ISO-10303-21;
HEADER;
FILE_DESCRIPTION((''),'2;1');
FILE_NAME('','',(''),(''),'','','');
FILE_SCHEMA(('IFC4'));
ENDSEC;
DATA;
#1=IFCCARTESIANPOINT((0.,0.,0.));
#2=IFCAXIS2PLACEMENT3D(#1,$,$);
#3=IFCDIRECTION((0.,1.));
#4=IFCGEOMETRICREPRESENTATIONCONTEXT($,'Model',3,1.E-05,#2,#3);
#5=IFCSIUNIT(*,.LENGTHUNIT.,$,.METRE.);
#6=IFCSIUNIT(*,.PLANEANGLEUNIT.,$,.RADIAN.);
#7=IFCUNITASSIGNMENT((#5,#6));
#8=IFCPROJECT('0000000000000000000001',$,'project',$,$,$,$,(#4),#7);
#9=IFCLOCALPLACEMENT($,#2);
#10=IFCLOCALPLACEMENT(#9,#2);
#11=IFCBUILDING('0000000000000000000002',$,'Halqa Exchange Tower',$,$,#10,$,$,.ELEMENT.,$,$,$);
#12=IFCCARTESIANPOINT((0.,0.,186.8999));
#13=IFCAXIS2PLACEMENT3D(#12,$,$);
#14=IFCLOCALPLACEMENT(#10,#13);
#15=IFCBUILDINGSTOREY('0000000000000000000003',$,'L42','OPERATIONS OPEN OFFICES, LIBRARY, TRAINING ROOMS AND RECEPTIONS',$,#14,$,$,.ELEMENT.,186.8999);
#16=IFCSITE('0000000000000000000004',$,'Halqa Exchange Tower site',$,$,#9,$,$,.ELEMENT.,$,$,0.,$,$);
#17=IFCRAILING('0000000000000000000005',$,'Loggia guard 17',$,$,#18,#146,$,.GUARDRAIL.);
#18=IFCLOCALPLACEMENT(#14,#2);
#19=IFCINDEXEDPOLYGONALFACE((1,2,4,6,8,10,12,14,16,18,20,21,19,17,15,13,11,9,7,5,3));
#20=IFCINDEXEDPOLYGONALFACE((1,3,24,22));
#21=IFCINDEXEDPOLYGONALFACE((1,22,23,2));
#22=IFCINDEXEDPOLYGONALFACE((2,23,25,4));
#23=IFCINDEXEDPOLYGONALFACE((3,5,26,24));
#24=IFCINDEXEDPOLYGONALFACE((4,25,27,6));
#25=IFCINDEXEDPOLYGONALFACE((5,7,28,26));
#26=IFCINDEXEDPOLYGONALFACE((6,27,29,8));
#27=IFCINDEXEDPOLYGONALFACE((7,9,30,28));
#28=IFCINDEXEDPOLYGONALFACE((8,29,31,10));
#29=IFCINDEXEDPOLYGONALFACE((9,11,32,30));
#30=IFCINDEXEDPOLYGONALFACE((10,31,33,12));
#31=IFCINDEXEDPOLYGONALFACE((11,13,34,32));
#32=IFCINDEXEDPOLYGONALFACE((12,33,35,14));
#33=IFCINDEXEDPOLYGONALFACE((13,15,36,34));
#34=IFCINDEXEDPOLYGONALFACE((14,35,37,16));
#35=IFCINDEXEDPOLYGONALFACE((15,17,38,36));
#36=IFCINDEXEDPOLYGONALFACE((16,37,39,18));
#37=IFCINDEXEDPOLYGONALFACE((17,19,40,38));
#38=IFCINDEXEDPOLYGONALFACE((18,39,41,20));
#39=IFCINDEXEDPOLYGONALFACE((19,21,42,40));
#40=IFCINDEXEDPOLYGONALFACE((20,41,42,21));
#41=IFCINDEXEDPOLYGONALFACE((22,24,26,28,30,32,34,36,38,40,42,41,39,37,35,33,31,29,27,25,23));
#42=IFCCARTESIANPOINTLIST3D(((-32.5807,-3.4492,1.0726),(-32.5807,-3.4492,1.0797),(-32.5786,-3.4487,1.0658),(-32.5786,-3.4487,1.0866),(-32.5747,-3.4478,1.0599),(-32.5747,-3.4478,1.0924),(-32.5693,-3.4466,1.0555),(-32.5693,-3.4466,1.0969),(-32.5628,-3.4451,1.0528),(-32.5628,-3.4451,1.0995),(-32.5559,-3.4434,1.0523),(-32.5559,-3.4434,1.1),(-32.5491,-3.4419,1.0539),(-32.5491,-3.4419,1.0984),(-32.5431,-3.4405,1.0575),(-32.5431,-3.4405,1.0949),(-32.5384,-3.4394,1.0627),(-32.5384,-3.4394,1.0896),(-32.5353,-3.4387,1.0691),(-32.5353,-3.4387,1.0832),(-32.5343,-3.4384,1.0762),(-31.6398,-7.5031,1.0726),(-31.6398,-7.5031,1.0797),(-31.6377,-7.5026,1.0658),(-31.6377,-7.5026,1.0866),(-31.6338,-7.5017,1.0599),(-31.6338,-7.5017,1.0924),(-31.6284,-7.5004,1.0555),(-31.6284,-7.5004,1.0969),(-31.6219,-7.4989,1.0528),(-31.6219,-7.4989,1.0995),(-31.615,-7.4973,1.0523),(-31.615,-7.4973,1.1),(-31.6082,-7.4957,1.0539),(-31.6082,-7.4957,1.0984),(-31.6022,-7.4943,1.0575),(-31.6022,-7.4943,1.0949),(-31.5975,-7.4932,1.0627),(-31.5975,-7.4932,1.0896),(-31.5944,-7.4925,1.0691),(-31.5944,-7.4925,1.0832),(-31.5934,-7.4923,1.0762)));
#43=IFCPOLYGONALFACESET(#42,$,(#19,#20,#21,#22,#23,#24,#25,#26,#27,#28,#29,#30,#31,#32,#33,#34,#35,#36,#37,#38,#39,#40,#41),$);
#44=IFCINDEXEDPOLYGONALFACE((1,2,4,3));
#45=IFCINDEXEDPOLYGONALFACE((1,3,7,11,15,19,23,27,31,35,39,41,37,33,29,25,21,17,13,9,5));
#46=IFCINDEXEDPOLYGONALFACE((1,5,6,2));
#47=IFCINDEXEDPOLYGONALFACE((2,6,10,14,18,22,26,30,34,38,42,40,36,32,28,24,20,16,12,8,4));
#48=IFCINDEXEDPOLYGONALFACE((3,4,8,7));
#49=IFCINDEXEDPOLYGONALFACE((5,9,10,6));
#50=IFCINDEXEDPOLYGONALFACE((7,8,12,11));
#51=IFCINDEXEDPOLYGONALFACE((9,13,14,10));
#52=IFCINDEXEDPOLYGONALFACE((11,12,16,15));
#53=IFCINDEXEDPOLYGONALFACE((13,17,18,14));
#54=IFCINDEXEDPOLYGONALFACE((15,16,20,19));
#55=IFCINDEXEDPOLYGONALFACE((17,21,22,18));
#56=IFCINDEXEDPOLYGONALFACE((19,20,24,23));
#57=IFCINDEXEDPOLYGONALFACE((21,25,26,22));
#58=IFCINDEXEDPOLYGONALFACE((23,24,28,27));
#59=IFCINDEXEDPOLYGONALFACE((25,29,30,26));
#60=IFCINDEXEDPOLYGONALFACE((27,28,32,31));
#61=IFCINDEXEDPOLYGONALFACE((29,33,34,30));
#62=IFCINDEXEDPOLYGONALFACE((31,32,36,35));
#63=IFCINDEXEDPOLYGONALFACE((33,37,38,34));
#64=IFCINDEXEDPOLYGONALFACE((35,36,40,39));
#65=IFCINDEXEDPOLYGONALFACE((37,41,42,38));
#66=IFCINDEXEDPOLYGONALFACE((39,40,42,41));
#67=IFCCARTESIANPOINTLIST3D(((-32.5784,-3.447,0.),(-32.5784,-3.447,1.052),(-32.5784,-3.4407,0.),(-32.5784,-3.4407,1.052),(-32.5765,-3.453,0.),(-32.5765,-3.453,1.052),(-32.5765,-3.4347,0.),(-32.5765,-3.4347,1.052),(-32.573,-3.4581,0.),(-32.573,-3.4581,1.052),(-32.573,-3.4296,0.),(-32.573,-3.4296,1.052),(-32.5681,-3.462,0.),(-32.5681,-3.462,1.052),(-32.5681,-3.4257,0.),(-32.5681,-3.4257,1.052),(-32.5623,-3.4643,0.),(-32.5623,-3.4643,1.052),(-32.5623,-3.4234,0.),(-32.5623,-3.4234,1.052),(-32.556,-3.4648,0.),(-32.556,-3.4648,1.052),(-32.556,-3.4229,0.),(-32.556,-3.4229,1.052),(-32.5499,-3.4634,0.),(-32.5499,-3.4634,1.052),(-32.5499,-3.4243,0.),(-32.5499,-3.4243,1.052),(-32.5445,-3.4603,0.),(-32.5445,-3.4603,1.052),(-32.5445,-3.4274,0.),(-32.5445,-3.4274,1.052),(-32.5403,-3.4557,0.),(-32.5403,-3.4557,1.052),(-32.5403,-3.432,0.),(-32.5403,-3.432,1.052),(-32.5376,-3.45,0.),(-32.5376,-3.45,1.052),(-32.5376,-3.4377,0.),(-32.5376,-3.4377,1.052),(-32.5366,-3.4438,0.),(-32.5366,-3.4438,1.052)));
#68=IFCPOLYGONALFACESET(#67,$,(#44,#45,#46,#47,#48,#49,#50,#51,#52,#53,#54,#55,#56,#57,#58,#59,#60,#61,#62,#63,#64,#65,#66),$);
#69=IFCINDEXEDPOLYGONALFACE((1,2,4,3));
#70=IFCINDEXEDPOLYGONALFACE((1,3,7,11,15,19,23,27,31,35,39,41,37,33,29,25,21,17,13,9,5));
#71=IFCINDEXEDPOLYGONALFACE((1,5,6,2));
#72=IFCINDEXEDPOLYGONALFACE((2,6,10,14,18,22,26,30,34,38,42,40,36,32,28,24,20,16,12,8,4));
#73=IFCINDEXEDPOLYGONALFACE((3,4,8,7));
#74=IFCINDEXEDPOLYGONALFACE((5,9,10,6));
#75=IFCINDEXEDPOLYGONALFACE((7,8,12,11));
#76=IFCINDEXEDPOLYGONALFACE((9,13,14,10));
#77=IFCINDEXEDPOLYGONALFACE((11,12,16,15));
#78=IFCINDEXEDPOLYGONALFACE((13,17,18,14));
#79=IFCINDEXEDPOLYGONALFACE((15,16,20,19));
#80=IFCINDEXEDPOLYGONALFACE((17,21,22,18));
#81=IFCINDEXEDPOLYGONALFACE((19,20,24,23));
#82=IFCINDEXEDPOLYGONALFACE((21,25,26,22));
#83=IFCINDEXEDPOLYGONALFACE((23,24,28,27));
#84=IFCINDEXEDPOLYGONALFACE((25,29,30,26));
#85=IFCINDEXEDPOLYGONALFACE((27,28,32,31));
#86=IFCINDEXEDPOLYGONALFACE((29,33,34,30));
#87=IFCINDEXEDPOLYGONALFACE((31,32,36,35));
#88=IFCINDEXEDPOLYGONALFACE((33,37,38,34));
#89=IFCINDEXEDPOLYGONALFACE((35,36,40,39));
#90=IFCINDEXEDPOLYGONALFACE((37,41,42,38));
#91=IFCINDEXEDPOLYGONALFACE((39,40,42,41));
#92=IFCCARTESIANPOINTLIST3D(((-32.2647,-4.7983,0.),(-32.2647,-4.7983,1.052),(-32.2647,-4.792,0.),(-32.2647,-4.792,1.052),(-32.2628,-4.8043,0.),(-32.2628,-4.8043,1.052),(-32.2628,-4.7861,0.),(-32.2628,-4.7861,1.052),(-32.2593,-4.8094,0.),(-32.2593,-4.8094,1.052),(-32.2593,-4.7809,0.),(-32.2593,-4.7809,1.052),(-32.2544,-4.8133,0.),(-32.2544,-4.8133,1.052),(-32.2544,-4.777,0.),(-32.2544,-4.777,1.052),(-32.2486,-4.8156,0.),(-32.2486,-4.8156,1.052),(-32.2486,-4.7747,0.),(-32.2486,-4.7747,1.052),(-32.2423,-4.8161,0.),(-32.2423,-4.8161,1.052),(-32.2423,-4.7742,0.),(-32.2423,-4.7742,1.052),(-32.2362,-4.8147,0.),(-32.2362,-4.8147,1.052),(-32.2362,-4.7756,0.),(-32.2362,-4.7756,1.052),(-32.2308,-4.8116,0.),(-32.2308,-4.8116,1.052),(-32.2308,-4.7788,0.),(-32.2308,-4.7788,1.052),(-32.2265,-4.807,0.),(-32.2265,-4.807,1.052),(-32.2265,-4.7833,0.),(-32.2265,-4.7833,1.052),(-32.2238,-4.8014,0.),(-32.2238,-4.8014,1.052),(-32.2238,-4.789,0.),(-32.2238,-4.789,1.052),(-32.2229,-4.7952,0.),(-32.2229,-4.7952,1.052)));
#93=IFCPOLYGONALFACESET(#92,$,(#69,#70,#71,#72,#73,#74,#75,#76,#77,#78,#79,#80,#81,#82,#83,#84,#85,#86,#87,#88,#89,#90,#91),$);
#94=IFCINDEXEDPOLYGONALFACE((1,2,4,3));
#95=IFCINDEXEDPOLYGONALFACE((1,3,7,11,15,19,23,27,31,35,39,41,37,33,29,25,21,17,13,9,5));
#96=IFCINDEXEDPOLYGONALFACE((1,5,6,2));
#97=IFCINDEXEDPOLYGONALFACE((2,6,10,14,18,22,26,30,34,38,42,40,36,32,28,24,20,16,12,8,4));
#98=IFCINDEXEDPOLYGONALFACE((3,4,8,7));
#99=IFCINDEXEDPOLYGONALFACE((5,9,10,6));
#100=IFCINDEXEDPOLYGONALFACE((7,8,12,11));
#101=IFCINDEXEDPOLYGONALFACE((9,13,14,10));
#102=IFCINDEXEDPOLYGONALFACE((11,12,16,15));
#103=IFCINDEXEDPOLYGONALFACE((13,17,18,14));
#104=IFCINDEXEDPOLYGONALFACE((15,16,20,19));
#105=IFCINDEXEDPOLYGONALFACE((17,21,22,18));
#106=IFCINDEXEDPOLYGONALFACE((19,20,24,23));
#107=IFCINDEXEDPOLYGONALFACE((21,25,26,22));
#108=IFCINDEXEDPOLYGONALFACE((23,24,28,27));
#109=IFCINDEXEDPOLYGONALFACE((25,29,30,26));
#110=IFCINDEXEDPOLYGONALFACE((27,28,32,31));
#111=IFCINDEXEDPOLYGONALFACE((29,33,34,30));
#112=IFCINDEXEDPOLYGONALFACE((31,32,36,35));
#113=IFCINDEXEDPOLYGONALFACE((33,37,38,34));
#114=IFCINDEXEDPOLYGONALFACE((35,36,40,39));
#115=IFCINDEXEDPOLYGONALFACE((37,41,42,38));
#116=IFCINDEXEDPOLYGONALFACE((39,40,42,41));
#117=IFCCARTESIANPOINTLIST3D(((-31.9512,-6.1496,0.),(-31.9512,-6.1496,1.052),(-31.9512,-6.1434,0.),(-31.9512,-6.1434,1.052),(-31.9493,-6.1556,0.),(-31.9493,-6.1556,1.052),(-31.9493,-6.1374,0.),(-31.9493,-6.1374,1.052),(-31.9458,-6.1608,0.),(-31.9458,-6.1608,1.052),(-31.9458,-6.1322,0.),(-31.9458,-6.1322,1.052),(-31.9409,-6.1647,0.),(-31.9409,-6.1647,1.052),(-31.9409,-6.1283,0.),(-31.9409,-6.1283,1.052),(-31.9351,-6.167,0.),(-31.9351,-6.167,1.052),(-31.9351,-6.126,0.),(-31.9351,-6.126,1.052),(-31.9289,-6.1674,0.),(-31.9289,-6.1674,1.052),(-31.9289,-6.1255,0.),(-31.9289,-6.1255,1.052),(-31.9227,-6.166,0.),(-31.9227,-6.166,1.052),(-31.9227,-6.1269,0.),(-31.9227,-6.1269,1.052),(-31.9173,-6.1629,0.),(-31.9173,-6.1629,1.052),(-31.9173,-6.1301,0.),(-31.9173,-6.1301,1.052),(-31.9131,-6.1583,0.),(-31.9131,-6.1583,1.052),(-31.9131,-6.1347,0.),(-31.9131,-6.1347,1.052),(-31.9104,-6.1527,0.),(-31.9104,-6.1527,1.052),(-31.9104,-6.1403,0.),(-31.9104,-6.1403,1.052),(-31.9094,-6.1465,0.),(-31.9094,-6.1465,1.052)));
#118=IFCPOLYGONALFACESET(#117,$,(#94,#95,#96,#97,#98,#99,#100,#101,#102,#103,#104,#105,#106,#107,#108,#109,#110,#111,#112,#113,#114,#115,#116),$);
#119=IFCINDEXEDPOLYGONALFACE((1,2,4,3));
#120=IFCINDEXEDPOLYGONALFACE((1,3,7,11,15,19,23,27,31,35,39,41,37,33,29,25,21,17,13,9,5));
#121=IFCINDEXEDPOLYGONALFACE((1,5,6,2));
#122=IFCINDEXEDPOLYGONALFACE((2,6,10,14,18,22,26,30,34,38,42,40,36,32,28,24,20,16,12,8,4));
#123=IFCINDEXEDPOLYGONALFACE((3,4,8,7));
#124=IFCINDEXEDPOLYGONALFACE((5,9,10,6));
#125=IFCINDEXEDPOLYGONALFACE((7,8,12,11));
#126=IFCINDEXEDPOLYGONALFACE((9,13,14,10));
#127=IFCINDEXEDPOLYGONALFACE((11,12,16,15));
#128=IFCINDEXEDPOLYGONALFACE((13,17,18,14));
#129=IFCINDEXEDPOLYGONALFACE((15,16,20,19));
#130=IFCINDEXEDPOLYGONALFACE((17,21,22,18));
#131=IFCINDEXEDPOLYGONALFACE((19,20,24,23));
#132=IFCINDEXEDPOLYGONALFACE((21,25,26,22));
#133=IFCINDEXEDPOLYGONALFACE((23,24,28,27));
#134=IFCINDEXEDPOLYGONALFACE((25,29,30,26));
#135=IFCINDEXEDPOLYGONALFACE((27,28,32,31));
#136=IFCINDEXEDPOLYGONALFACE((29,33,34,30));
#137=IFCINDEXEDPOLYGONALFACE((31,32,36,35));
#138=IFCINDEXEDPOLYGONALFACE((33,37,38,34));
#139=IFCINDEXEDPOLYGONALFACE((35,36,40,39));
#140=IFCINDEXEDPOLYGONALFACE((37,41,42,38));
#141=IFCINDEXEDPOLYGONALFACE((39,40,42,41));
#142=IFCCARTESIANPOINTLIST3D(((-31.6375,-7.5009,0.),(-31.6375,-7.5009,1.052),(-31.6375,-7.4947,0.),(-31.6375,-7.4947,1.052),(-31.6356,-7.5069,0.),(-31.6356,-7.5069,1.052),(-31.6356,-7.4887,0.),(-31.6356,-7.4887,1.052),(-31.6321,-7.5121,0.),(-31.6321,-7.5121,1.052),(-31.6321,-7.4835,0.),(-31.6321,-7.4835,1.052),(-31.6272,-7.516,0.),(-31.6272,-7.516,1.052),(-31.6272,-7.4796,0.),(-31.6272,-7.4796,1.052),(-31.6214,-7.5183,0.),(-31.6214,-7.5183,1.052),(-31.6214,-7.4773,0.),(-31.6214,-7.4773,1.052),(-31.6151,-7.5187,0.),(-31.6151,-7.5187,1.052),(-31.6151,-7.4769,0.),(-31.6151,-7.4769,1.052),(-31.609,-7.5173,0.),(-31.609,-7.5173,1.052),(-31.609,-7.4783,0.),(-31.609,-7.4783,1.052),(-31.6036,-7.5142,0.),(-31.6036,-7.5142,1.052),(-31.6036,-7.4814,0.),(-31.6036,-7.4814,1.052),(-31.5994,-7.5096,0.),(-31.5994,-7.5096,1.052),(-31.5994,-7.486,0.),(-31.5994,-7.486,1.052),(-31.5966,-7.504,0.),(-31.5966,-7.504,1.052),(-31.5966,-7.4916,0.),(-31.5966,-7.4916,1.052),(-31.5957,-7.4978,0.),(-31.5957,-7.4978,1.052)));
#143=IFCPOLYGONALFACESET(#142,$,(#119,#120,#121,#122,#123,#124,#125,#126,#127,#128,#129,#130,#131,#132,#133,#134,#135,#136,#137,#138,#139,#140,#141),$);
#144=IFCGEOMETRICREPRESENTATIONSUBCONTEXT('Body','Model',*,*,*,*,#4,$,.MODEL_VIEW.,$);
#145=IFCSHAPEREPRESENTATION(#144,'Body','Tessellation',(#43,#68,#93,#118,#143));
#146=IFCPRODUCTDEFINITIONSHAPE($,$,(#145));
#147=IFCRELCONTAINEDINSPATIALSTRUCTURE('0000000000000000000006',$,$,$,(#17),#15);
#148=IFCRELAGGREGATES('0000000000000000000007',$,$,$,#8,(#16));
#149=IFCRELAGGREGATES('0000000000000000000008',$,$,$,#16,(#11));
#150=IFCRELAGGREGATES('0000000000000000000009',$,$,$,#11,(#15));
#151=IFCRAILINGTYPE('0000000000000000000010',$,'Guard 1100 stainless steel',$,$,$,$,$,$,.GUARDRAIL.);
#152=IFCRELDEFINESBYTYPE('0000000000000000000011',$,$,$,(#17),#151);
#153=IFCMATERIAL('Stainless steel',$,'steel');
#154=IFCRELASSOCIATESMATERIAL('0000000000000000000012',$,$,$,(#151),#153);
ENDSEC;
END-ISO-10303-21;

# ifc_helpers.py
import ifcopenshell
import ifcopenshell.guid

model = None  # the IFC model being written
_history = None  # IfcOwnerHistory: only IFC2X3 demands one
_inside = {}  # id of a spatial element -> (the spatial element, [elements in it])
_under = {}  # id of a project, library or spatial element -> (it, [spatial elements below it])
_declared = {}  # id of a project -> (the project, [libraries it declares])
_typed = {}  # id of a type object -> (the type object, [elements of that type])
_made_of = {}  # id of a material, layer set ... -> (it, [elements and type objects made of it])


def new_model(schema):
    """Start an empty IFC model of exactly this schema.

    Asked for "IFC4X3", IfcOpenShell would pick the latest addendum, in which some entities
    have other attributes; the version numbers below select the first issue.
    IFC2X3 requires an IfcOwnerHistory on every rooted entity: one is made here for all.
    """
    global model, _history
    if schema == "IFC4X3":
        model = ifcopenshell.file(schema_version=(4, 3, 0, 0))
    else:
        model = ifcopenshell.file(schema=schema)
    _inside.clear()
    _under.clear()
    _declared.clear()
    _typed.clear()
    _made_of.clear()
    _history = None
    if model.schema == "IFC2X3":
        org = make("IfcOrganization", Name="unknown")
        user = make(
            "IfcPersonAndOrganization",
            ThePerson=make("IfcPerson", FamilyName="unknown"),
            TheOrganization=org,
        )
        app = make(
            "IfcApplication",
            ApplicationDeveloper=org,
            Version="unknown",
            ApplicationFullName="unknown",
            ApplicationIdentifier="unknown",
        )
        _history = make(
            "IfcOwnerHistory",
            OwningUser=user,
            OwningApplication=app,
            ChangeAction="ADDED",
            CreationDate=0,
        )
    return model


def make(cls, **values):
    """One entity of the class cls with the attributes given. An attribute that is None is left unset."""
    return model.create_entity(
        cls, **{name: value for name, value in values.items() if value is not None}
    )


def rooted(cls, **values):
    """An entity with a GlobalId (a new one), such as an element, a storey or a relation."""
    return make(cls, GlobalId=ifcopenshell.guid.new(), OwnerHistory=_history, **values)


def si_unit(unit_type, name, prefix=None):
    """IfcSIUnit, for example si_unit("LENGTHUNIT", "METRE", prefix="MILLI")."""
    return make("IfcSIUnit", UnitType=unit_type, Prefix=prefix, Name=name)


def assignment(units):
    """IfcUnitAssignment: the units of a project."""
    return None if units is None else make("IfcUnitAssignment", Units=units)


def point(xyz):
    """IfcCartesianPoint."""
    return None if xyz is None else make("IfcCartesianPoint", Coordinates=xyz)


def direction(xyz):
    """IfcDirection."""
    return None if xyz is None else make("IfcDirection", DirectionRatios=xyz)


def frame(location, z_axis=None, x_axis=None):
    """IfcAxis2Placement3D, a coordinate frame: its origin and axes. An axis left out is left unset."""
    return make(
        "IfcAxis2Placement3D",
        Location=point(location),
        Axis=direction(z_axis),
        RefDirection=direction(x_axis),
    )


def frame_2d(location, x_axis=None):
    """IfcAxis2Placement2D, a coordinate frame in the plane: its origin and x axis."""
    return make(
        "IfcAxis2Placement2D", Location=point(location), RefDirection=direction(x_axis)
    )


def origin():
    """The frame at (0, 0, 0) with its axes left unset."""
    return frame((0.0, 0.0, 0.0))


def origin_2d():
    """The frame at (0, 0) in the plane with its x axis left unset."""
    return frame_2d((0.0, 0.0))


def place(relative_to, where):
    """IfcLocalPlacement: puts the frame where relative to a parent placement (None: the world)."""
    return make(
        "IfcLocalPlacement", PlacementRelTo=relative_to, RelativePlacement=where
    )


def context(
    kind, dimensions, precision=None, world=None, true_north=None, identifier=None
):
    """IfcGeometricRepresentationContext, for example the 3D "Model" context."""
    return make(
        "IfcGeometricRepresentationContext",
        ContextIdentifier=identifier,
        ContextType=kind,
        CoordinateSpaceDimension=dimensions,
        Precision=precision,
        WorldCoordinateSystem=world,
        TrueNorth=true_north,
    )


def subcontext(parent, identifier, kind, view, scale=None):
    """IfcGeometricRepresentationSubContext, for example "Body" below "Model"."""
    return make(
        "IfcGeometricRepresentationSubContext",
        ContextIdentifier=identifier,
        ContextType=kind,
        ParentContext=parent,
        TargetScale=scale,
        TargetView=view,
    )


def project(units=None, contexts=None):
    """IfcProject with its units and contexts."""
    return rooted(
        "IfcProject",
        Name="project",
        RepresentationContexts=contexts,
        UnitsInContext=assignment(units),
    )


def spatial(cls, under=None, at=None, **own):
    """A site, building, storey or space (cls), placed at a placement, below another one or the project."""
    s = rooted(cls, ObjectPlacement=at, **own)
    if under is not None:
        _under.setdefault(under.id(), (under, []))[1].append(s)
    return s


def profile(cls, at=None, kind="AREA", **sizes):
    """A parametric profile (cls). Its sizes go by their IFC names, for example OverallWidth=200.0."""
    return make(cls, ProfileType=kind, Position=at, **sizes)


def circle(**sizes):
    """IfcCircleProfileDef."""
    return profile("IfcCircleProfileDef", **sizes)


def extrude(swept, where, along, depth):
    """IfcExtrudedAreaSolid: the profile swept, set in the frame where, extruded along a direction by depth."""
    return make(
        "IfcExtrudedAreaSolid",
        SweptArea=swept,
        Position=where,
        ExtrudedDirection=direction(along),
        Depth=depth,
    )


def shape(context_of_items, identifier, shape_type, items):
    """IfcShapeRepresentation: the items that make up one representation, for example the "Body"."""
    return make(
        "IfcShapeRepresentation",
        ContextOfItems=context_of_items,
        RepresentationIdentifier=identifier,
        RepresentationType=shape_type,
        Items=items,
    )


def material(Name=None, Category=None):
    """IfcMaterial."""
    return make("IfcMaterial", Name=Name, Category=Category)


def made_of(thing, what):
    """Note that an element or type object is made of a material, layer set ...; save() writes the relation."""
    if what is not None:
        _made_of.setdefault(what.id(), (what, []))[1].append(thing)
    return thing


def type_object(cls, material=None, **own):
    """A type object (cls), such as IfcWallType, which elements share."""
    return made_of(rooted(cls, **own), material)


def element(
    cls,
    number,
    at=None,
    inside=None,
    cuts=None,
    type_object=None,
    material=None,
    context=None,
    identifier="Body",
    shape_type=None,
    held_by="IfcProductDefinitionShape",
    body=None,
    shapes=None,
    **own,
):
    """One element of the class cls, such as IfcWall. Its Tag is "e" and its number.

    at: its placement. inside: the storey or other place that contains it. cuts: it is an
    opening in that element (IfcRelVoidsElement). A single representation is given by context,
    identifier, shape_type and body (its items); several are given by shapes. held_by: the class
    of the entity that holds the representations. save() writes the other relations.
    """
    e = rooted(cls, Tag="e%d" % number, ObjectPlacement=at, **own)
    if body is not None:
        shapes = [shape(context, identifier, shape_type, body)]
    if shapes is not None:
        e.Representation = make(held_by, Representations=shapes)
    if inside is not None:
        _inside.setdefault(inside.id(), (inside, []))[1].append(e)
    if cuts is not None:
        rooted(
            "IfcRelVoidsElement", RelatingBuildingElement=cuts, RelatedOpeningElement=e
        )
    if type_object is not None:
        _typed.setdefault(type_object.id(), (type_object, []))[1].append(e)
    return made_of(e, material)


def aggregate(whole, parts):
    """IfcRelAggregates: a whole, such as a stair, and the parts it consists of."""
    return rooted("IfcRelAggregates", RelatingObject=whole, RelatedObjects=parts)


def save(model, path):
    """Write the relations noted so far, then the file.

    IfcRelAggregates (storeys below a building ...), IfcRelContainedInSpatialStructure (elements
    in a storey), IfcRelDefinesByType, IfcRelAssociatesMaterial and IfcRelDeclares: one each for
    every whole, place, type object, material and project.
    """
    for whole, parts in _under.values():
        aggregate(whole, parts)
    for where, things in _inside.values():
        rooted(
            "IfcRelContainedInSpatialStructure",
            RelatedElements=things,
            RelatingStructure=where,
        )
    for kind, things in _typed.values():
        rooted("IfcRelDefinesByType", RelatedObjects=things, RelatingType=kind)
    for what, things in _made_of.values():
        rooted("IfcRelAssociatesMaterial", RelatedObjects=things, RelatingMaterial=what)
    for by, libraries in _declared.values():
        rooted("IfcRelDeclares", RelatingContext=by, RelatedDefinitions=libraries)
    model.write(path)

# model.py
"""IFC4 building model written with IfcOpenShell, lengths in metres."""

from ifc_helpers import new_model, si_unit, direction, frame, origin, origin_2d, place, context, subcontext, project, spatial, circle, extrude, material, type_object, element, save


model = new_model("IFC4")

# Units and contexts
model_context = context("Model", 3, precision=1e-05, world=origin(), true_north=direction((0.0, 1.0)))
body_context = subcontext(model_context, "Body", "Model", "MODEL_VIEW")
ifc_project = project(units=[si_unit("LENGTHUNIT", "METRE"), si_unit("PLANEANGLEUNIT", "RADIAN")], contexts=[model_context])

# Site, building, storey
site_placement = place(None, origin())
site = spatial("IfcSite", under=ifc_project, at=site_placement, Name="Halqa Exchange Tower site", CompositionType="ELEMENT", RefElevation=0.0)
building_placement = place(site_placement, origin())
building = spatial("IfcBuilding", under=site, at=building_placement, Name="Halqa Exchange Tower", CompositionType="ELEMENT")
storey_placement = place(building_placement, frame((0.0, 0.0, 186.8999)))
storey = spatial("IfcBuildingStorey", under=building, at=storey_placement, Name="L42", Description="OPERATIONS OPEN OFFICES, LIBRARY, TRAINING ROOMS AND RECEPTIONS", CompositionType="ELEMENT", Elevation=186.8999)

# Railing
ifc_material_1 = material(Name="Stainless steel", Category="steel")
railing_type = type_object("IfcRailingType", Name="Guard 1100 stainless steel", PredefinedType="GUARDRAIL", material=ifc_material_1)
railing_1_placement = place(storey_placement, frame((-32.5576, -3.4438, 0.0)))
element("IfcRailing", 1, at=railing_1_placement, inside=storey, type_object=railing_type, Name="Loggia guard 17", PredefinedType="GUARDRAIL", context=body_context, shape_type="SweptSolid", body=[
    extrude(circle(Radius=0.0239, at=origin_2d()), frame((0.0, 0.0, 1.0762), z_axis=(0.226089, -0.974107, 0.0), x_axis=(0.974107, 0.226089, 0.0)), (0.0, 0.0, 1.0), 4.1616),
    extrude(circle(Radius=0.021, at=origin_2d()), origin(), (0.0, 0.0, 1.0), 1.052),
    extrude(circle(Radius=0.021, at=origin_2d()), frame((0.3137, -1.3513, 0.0)), (0.0, 0.0, 1.0), 1.052),
    extrude(circle(Radius=0.021, at=origin_2d()), frame((0.6272, -2.7026, 0.0)), (0.0, 0.0, 1.0), 1.052),
    extrude(circle(Radius=0.021, at=origin_2d()), frame((0.9409, -4.054, 0.0)), (0.0, 0.0, 1.0), 1.052),
])

save(model, "model.ifc")
